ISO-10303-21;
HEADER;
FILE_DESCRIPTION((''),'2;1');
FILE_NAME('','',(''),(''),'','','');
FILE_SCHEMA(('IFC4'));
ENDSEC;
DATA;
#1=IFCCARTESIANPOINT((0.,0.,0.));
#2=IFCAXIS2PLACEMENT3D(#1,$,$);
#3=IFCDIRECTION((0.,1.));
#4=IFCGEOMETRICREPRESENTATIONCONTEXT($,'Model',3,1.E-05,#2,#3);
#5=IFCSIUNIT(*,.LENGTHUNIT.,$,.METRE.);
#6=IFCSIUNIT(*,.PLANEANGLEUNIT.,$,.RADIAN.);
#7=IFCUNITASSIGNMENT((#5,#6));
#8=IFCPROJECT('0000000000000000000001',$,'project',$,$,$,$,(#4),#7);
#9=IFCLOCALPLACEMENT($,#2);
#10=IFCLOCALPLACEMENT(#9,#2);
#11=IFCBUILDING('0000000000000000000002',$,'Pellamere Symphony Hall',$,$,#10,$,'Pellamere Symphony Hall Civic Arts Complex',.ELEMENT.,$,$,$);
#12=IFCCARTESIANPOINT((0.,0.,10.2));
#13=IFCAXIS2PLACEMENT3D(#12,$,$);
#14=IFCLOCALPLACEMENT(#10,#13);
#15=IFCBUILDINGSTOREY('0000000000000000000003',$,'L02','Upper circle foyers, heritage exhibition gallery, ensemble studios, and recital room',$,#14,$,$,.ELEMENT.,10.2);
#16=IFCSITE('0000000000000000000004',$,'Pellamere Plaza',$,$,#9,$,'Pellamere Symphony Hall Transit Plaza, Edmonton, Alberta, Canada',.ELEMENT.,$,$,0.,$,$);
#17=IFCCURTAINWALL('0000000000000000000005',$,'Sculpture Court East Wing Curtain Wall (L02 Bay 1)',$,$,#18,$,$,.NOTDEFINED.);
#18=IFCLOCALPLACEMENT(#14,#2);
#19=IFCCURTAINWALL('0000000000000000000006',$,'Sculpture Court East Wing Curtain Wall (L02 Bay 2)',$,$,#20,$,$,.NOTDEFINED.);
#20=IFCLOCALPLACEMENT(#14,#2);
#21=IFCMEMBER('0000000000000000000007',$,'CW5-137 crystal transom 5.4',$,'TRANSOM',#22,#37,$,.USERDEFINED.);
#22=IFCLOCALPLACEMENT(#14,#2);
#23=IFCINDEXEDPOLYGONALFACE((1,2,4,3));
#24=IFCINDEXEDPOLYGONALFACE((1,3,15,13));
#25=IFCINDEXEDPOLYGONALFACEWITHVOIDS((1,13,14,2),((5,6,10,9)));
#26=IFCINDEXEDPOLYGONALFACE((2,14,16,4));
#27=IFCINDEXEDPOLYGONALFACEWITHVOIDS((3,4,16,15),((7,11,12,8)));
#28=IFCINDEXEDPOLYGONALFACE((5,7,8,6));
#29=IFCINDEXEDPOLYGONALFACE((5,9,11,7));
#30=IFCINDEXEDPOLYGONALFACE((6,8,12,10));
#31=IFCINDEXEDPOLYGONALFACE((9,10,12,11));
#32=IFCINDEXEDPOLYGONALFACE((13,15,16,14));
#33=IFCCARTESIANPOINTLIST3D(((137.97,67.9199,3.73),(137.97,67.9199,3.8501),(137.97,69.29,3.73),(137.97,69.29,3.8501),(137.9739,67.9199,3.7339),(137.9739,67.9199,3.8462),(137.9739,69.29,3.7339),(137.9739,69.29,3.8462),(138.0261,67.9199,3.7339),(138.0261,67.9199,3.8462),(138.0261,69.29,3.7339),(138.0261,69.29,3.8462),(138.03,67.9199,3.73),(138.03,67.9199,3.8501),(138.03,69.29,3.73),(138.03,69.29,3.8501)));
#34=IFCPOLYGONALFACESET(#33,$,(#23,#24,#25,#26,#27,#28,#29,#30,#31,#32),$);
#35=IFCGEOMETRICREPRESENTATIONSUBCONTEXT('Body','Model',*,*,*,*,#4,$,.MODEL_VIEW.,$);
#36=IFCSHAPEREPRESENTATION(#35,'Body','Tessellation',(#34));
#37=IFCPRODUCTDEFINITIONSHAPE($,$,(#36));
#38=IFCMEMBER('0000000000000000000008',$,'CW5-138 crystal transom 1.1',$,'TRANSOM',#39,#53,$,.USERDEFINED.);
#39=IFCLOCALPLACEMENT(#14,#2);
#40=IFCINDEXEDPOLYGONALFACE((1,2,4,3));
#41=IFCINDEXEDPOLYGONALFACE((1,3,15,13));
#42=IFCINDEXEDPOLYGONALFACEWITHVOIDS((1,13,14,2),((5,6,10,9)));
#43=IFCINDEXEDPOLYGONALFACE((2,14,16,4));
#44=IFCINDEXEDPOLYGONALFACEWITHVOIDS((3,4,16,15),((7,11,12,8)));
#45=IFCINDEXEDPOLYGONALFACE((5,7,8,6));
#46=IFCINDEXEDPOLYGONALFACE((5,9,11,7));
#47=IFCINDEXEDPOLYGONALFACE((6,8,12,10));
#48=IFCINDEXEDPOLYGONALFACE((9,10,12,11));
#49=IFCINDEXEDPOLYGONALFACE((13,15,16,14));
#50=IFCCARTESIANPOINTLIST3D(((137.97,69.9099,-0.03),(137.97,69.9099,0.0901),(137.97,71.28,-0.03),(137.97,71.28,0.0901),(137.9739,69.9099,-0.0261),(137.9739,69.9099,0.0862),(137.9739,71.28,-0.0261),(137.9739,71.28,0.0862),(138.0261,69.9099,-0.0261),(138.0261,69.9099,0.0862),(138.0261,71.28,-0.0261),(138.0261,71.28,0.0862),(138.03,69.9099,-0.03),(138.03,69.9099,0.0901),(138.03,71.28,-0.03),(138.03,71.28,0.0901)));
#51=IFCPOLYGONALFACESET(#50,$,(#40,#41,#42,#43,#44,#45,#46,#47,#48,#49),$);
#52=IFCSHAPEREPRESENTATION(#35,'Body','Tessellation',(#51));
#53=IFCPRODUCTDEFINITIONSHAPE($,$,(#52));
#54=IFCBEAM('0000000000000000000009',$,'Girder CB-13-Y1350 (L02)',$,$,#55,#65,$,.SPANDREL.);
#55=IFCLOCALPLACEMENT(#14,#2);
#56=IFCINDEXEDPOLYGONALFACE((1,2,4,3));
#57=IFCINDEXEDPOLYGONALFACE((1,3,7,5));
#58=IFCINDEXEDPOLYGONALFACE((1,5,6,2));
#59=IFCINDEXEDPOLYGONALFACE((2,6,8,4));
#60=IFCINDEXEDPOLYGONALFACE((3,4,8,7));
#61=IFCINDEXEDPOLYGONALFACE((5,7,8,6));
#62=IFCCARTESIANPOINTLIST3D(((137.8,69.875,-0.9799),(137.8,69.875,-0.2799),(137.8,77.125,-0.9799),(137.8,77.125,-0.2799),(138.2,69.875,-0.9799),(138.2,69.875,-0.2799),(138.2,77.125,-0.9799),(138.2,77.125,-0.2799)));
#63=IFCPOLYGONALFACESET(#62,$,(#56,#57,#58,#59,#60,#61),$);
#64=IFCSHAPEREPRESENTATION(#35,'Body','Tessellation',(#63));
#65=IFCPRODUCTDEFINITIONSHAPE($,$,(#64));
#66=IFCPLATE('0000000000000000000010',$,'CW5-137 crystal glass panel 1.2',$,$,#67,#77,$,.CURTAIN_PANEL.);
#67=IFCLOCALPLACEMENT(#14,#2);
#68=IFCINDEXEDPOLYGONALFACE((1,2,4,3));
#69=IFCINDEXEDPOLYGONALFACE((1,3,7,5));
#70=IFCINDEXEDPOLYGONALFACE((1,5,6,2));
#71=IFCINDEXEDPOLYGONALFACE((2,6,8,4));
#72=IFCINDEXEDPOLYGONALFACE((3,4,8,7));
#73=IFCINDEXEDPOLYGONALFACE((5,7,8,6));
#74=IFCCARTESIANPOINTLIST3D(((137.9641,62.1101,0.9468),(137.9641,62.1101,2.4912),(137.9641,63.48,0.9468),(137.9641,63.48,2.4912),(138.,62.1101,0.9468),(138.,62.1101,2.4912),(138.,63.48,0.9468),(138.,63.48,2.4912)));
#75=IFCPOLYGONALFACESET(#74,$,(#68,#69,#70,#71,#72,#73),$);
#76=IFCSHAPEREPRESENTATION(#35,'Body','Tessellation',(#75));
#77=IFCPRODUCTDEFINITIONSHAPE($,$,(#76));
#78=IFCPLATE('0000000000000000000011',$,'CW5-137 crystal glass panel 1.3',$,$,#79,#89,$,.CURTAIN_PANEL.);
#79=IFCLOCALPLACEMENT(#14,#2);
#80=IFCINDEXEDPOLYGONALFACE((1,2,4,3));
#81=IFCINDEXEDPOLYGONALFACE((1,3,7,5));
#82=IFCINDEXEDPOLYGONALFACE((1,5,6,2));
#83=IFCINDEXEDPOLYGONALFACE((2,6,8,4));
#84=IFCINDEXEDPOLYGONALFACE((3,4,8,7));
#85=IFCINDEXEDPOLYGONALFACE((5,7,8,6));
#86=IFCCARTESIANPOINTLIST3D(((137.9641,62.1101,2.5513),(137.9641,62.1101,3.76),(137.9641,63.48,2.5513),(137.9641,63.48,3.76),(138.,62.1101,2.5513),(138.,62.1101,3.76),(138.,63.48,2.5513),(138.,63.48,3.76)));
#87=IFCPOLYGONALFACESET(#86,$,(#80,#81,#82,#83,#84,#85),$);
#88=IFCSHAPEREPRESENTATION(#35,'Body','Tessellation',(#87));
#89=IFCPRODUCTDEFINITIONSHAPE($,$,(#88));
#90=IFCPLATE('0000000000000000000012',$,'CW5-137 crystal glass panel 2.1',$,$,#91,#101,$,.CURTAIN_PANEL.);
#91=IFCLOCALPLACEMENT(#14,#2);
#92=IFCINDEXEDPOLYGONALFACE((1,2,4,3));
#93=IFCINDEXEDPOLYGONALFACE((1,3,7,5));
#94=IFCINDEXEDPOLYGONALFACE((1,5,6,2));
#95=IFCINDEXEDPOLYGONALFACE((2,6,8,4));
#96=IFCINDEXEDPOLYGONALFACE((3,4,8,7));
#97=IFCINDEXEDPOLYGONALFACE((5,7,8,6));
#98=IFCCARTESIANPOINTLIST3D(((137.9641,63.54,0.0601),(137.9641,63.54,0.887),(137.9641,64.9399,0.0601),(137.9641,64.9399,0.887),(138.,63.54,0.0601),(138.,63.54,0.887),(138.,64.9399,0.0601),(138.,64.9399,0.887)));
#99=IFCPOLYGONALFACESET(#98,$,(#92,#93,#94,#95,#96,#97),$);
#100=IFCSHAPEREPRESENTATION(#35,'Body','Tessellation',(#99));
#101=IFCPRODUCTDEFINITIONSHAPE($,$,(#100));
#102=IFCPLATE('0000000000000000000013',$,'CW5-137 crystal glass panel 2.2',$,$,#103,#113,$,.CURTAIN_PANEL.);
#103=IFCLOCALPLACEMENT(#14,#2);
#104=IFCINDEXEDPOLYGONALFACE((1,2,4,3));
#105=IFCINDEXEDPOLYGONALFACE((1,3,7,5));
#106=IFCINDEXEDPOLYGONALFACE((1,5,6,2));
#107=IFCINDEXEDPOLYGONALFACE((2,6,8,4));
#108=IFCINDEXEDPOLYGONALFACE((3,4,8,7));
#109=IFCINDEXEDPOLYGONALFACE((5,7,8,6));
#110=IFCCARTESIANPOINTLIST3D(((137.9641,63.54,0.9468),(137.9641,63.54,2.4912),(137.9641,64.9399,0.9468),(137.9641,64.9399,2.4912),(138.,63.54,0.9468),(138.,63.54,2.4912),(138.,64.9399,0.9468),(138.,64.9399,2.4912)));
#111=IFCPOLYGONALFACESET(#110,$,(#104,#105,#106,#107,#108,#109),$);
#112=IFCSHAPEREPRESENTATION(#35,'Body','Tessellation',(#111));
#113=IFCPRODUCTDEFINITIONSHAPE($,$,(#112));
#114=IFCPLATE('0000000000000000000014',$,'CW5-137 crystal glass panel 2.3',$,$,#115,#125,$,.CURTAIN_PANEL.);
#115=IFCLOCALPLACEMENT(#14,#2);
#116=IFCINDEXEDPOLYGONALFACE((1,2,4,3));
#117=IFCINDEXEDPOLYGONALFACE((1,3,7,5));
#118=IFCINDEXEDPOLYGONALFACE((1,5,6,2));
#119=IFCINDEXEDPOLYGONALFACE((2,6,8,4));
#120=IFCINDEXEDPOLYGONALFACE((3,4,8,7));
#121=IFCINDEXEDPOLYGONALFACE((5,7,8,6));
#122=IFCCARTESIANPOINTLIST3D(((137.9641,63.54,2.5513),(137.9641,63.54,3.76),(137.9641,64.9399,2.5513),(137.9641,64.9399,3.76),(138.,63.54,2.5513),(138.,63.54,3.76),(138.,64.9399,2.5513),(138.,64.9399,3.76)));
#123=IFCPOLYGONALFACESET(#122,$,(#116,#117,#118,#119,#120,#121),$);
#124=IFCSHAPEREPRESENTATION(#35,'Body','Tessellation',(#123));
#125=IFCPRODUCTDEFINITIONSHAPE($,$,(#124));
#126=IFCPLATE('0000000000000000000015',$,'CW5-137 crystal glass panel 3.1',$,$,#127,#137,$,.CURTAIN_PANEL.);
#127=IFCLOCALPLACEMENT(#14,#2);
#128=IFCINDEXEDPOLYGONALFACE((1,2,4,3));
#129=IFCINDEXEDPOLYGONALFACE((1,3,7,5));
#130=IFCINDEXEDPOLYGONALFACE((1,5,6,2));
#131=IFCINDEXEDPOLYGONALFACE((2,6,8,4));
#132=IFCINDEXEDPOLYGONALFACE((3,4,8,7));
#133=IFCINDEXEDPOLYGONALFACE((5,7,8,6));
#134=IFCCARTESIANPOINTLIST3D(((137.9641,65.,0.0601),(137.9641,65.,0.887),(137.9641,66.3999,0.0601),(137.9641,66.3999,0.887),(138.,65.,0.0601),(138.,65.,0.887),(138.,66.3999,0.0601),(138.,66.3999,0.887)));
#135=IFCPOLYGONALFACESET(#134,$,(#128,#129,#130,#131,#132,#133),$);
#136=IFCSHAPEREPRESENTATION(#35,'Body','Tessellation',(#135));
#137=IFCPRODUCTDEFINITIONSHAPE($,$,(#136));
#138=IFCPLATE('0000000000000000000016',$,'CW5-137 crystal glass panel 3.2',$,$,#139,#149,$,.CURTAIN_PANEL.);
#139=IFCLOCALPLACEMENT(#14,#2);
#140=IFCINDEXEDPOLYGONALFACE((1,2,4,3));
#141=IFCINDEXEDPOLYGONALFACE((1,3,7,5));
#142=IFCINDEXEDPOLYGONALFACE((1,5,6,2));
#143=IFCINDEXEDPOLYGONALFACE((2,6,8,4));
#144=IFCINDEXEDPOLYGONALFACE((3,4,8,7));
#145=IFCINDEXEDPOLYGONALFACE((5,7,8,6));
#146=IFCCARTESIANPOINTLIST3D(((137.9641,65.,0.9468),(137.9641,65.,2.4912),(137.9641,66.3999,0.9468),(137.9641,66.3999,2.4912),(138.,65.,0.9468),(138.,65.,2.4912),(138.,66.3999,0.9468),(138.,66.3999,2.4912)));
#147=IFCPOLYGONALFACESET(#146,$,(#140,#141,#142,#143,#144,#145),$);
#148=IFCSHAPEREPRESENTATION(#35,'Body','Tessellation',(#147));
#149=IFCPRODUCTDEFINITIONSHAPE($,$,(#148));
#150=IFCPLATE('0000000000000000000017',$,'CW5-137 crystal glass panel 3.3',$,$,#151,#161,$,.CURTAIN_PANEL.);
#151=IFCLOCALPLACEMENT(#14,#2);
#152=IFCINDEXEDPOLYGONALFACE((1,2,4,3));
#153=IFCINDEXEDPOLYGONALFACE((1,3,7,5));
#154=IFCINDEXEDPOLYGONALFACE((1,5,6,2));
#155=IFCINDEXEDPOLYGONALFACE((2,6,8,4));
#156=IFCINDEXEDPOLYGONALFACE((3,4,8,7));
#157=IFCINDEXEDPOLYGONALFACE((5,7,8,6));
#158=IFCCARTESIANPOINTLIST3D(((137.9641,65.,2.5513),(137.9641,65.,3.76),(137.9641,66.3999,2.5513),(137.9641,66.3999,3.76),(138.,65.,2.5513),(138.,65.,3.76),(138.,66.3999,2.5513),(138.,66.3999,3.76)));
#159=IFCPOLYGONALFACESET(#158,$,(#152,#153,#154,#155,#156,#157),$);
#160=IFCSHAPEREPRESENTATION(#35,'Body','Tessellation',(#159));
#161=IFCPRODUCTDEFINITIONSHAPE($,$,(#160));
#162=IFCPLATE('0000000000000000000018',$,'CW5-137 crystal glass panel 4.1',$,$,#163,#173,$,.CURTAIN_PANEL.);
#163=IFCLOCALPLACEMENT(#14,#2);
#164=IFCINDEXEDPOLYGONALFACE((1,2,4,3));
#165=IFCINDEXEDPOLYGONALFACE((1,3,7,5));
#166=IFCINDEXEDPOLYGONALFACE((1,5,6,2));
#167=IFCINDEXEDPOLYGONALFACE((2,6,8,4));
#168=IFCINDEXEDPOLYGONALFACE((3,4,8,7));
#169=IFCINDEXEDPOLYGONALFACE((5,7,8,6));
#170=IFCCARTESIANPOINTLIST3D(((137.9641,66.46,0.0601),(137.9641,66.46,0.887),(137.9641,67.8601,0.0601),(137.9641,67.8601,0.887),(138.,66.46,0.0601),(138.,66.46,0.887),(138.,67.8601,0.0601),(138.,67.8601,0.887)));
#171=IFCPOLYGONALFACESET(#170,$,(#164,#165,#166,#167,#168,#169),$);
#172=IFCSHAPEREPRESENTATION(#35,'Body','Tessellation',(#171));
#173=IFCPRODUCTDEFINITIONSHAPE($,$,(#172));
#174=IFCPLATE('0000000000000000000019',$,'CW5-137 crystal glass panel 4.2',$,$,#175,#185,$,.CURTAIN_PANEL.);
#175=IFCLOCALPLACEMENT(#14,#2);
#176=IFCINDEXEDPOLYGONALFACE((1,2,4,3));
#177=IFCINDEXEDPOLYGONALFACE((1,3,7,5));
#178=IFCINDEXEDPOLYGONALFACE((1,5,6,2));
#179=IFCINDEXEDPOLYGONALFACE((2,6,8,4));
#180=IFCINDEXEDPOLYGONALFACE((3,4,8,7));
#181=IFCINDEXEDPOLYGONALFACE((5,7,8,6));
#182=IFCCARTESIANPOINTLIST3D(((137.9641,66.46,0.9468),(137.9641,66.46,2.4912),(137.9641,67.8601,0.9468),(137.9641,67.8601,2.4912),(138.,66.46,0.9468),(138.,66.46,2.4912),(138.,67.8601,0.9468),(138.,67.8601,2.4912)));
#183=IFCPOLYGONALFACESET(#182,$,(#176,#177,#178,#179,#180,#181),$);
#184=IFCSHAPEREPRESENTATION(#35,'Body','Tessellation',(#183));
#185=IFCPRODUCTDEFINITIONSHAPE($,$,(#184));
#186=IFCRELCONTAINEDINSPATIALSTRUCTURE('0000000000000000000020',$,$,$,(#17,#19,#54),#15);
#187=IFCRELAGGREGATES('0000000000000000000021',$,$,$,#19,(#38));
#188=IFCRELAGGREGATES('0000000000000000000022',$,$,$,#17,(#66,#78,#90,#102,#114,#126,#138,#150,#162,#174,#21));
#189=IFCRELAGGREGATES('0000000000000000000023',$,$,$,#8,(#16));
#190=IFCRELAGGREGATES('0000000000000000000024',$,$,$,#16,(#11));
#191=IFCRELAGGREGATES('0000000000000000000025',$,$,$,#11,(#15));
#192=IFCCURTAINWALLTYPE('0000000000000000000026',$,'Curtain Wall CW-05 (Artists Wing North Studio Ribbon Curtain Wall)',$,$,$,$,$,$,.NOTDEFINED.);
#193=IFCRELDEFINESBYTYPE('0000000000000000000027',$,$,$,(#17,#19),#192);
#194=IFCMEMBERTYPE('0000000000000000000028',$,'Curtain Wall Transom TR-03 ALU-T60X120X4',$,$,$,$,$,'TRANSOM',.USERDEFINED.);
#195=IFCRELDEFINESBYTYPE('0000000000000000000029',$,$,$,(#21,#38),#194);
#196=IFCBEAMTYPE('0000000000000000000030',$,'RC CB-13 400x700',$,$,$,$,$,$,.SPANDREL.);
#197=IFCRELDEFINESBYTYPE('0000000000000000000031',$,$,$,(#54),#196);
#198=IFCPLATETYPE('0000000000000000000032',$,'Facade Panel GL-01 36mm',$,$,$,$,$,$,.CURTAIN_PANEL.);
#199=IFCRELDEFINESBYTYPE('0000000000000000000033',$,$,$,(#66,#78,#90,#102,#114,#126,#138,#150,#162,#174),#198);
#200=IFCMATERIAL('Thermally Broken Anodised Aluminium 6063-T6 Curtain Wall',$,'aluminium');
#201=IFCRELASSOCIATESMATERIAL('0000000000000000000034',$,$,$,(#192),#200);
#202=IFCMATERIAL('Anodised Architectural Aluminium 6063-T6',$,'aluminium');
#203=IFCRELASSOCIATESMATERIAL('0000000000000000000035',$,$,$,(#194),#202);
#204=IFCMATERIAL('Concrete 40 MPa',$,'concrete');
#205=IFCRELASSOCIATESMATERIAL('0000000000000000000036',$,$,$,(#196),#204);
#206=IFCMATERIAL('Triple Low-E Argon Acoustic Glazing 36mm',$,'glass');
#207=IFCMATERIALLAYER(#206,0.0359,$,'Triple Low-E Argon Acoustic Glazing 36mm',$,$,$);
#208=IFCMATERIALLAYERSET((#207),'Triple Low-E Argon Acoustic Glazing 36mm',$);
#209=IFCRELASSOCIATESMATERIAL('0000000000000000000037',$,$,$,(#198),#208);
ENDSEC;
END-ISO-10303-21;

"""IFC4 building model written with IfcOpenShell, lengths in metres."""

from ifc_helpers import new_model, si_unit, direction, frame, origin, origin_2d, place, context, subcontext, project, spatial, polyline, rectangle, hollow_rectangle, outline, extrude, material, layer, layer_set, material_profile, profile_set, type_object, element, aggregate, save


model = new_model("IFC4")

# Units and contexts
model_context = context("Model", 3, precision=1e-05, world=origin(), true_north=direction((0.0, 1.0)))
body_context = subcontext(model_context, "Body", "Model", "MODEL_VIEW")
ifc_project = project(units=[si_unit("LENGTHUNIT", "METRE"), si_unit("PLANEANGLEUNIT", "RADIAN")], contexts=[model_context])

# Site, building, storey
site_placement = place(None, origin())
site = spatial("IfcSite", under=ifc_project, at=site_placement, Name="Pellamere Plaza", LongName="Pellamere Symphony Hall Transit Plaza, Edmonton, Alberta, Canada", CompositionType="ELEMENT", RefElevation=0.0)
building_placement = place(site_placement, origin())
building = spatial("IfcBuilding", under=site, at=building_placement, Name="Pellamere Symphony Hall", LongName="Pellamere Symphony Hall Civic Arts Complex", CompositionType="ELEMENT")
storey_placement = place(building_placement, frame((0.0, 0.0, 10.2)))
storey = spatial("IfcBuildingStorey", under=building, at=storey_placement, Name="L02", Description="Upper circle foyers, heritage exhibition gallery, ensemble studios, and recital room", CompositionType="ELEMENT", Elevation=10.2)

# Shared definitions
ifc_material_1 = material(Name="Concrete 40 MPa", Category="concrete")

# Curtain wall
ifc_material_2 = material(Name="Thermally Broken Anodised Aluminium 6063-T6 Curtain Wall", Category="aluminium")
curtain_wall_type = type_object("IfcCurtainWallType", Name="Curtain Wall CW-05 (Artists Wing North Studio Ribbon Curtain Wall)", PredefinedType="NOTDEFINED", material=ifc_material_2)
curtain_wall_1_placement = place(storey_placement, origin())
curtain_wall_1 = element("IfcCurtainWall", 1, at=curtain_wall_1_placement, inside=storey, type_object=curtain_wall_type, Name="Sculpture Court East Wing Curtain Wall (L02 Bay 1)", PredefinedType="NOTDEFINED")
ifc_material_3 = material(Name="Anodised Architectural Aluminium 6063-T6", Category="aluminium")

# Curtain wall
curtain_wall_2_placement = place(storey_placement, origin())
curtain_wall_2 = element("IfcCurtainWall", 2, at=curtain_wall_2_placement, inside=storey, type_object=curtain_wall_type, Name="Sculpture Court East Wing Curtain Wall (L02 Bay 2)", PredefinedType="NOTDEFINED")

# Members
ifc_material_profile_1 = material_profile(ifc_material_3, hollow_rectangle(XDim=0.0601, YDim=0.1201, WallThickness=0.0039, at=origin_2d()), Name="ALU-T60X120X4")
ifc_profile_set_1 = profile_set([ifc_material_profile_1], Name="Anodised Architectural Aluminium 6063-T6")
member_type_1 = type_object("IfcMemberType", Name="Curtain Wall Transom TR-03 ALU-T60X120X4", ElementType="TRANSOM", PredefinedType="USERDEFINED", material=ifc_profile_set_1)
member_1_placement = place(storey_placement, frame((138.0, 67.9199, 3.79), z_axis=(0.0, 1.0, 0.0), x_axis=(-1.0, 0.0, 0.0)))
member_1 = element("IfcMember", 3, at=member_1_placement, type_object=member_type_1, Name="CW5-137 crystal transom 5.4", ObjectType="TRANSOM", PredefinedType="USERDEFINED", context=body_context, shape_type="SweptSolid", body=[
    extrude(hollow_rectangle(XDim=0.0601, YDim=0.1201, WallThickness=0.0039, at=origin_2d()), origin(), (0.0, 0.0, 1.0), 1.3701),
])
member_2_placement = place(storey_placement, frame((138.0, 69.9099, 0.03), z_axis=(0.0, 1.0, 0.0), x_axis=(-1.0, 0.0, 0.0)))
member_2 = element("IfcMember", 4, at=member_2_placement, type_object=member_type_1, Name="CW5-138 crystal transom 1.1", ObjectType="TRANSOM", PredefinedType="USERDEFINED", context=body_context, shape_type="SweptSolid", body=[
    extrude(hollow_rectangle(XDim=0.0601, YDim=0.1201, WallThickness=0.0039, at=origin_2d()), origin(), (0.0, 0.0, 1.0), 1.3701),
])
aggregate(curtain_wall_2, [member_2])

# Beam
ifc_material_profile_2 = material_profile(ifc_material_1, rectangle(XDim=0.3999, YDim=0.7, at=origin_2d()), Name="RC 400x700")
ifc_profile_set_2 = profile_set([ifc_material_profile_2], Name="Concrete 40 MPa")
beam_type = type_object("IfcBeamType", Name="RC CB-13 400x700", PredefinedType="SPANDREL", material=ifc_profile_set_2)
beam_placement = place(storey_placement, frame((138.0, 69.875, -0.6299), z_axis=(0.0, 1.0, 0.0), x_axis=(-1.0, 0.0, 0.0)))
element("IfcBeam", 5, at=beam_placement, inside=storey, type_object=beam_type, Name="Girder CB-13-Y1350 (L02)", PredefinedType="SPANDREL", context=body_context, shape_type="SweptSolid", body=[
    extrude(rectangle(XDim=0.3999, YDim=0.7, at=origin_2d()), origin(), (0.0, 0.0, 1.0), 7.25),
])

# Plates
ifc_material_4 = material(Name="Triple Low-E Argon Acoustic Glazing 36mm", Category="glass")
ifc_layer = layer(ifc_material_4, 0.0359, Name="Triple Low-E Argon Acoustic Glazing 36mm")
ifc_layer_set = layer_set([ifc_layer], Name="Triple Low-E Argon Acoustic Glazing 36mm")
plate_type = type_object("IfcPlateType", Name="Facade Panel GL-01 36mm", PredefinedType="CURTAIN_PANEL", material=ifc_layer_set)
plate_1_placement = place(storey_placement, frame((138.0, 62.1101, 0.9468), z_axis=(1.0, 0.0, 0.0), x_axis=(0.0, 1.0, 0.0)))
plate_1 = element("IfcPlate", 6, at=plate_1_placement, type_object=plate_type, Name="CW5-137 crystal glass panel 1.2", PredefinedType="CURTAIN_PANEL", context=body_context, shape_type="SweptSolid", body=[
    extrude(outline(polyline([(0.0, 0.0), (1.3699, 0.0), (1.3699, 1.5444), (0.0, 1.5444), (0.0, 0.0)])), origin(), (0.0, 0.0, -1.0), 0.0359),
])
plate_2_placement = place(storey_placement, frame((138.0, 62.1101, 2.5513), z_axis=(1.0, 0.0, 0.0), x_axis=(0.0, 1.0, 0.0)))
plate_2 = element("IfcPlate", 7, at=plate_2_placement, type_object=plate_type, Name="CW5-137 crystal glass panel 1.3", PredefinedType="CURTAIN_PANEL", context=body_context, shape_type="SweptSolid", body=[
    extrude(outline(polyline([(0.0, 0.0), (1.3699, 0.0), (1.3699, 1.2087), (0.0, 1.2087), (0.0, 0.0)])), origin(), (0.0, 0.0, -1.0), 0.0359),
])
plate_3_placement = place(storey_placement, frame((138.0, 63.54, 0.0601), z_axis=(1.0, 0.0, 0.0), x_axis=(0.0, 1.0, 0.0)))
plate_3 = element("IfcPlate", 8, at=plate_3_placement, type_object=plate_type, Name="CW5-137 crystal glass panel 2.1", PredefinedType="CURTAIN_PANEL", context=body_context, shape_type="SweptSolid", body=[
    extrude(outline(polyline([(0.0, 0.0), (1.3999, 0.0), (1.3999, 0.8269), (0.0, 0.8269), (0.0, 0.0)])), origin(), (0.0, 0.0, -1.0), 0.0359),
])
plate_4_placement = place(storey_placement, frame((138.0, 63.54, 0.9468), z_axis=(1.0, 0.0, 0.0), x_axis=(0.0, 1.0, 0.0)))
plate_4 = element("IfcPlate", 9, at=plate_4_placement, type_object=plate_type, Name="CW5-137 crystal glass panel 2.2", PredefinedType="CURTAIN_PANEL", context=body_context, shape_type="SweptSolid", body=[
    extrude(outline(polyline([(0.0, 0.0), (1.3999, 0.0), (1.3999, 1.5444), (0.0, 1.5444), (0.0, 0.0)])), origin(), (0.0, 0.0, -1.0), 0.0359),
])
plate_5_placement = place(storey_placement, frame((138.0, 63.54, 2.5513), z_axis=(1.0, 0.0, 0.0), x_axis=(0.0, 1.0, 0.0)))
plate_5 = element("IfcPlate", 10, at=plate_5_placement, type_object=plate_type, Name="CW5-137 crystal glass panel 2.3", PredefinedType="CURTAIN_PANEL", context=body_context, shape_type="SweptSolid", body=[
    extrude(outline(polyline([(0.0, 0.0), (1.3999, 0.0), (1.3999, 1.2087), (0.0, 1.2087), (0.0, 0.0)])), origin(), (0.0, 0.0, -1.0), 0.0359),
])
plate_6_placement = place(storey_placement, frame((138.0, 65.0, 0.0601), z_axis=(1.0, 0.0, 0.0), x_axis=(0.0, 1.0, 0.0)))
plate_6 = element("IfcPlate", 11, at=plate_6_placement, type_object=plate_type, Name="CW5-137 crystal glass panel 3.1", PredefinedType="CURTAIN_PANEL", context=body_context, shape_type="SweptSolid", body=[
    extrude(outline(polyline([(0.0, 0.0), (1.3999, 0.0), (1.3999, 0.8269), (0.0, 0.8269), (0.0, 0.0)])), origin(), (0.0, 0.0, -1.0), 0.0359),
])
plate_7_placement = place(storey_placement, frame((138.0, 65.0, 0.9468), z_axis=(1.0, 0.0, 0.0), x_axis=(0.0, 1.0, 0.0)))
plate_7 = element("IfcPlate", 12, at=plate_7_placement, type_object=plate_type, Name="CW5-137 crystal glass panel 3.2", PredefinedType="CURTAIN_PANEL", context=body_context, shape_type="SweptSolid", body=[
    extrude(outline(polyline([(0.0, 0.0), (1.3999, 0.0), (1.3999, 1.5444), (0.0, 1.5444), (0.0, 0.0)])), origin(), (0.0, 0.0, -1.0), 0.0359),
])
plate_8_placement = place(storey_placement, frame((138.0, 65.0, 2.5513), z_axis=(1.0, 0.0, 0.0), x_axis=(0.0, 1.0, 0.0)))
plate_8 = element("IfcPlate", 13, at=plate_8_placement, type_object=plate_type, Name="CW5-137 crystal glass panel 3.3", PredefinedType="CURTAIN_PANEL", context=body_context, shape_type="SweptSolid", body=[
    extrude(outline(polyline([(0.0, 0.0), (1.3999, 0.0), (1.3999, 1.2087), (0.0, 1.2087), (0.0, 0.0)])), origin(), (0.0, 0.0, -1.0), 0.0359),
])
plate_9_placement = place(storey_placement, frame((138.0, 66.46, 0.0601), z_axis=(1.0, 0.0, 0.0), x_axis=(0.0, 1.0, 0.0)))
plate_9 = element("IfcPlate", 14, at=plate_9_placement, type_object=plate_type, Name="CW5-137 crystal glass panel 4.1", PredefinedType="CURTAIN_PANEL", context=body_context, shape_type="SweptSolid", body=[
    extrude(outline(polyline([(0.0, 0.0), (1.4001, 0.0), (1.4001, 0.8269), (0.0, 0.8269), (0.0, 0.0)])), origin(), (0.0, 0.0, -1.0), 0.0359),
])
plate_10_placement = place(storey_placement, frame((138.0, 66.46, 0.9468), z_axis=(1.0, 0.0, 0.0), x_axis=(0.0, 1.0, 0.0)))
plate_10 = element("IfcPlate", 15, at=plate_10_placement, type_object=plate_type, Name="CW5-137 crystal glass panel 4.2", PredefinedType="CURTAIN_PANEL", context=body_context, shape_type="SweptSolid", body=[
    extrude(outline(polyline([(0.0, 0.0), (1.4001, 0.0), (1.4001, 1.5444), (0.0, 1.5444), (0.0, 0.0)])), origin(), (0.0, 0.0, -1.0), 0.0359),
])
aggregate(curtain_wall_1, [plate_1, plate_2, plate_3, plate_4, plate_5, plate_6, plate_7, plate_8, plate_9, plate_10, member_1])

save(model, "model.ifc")
